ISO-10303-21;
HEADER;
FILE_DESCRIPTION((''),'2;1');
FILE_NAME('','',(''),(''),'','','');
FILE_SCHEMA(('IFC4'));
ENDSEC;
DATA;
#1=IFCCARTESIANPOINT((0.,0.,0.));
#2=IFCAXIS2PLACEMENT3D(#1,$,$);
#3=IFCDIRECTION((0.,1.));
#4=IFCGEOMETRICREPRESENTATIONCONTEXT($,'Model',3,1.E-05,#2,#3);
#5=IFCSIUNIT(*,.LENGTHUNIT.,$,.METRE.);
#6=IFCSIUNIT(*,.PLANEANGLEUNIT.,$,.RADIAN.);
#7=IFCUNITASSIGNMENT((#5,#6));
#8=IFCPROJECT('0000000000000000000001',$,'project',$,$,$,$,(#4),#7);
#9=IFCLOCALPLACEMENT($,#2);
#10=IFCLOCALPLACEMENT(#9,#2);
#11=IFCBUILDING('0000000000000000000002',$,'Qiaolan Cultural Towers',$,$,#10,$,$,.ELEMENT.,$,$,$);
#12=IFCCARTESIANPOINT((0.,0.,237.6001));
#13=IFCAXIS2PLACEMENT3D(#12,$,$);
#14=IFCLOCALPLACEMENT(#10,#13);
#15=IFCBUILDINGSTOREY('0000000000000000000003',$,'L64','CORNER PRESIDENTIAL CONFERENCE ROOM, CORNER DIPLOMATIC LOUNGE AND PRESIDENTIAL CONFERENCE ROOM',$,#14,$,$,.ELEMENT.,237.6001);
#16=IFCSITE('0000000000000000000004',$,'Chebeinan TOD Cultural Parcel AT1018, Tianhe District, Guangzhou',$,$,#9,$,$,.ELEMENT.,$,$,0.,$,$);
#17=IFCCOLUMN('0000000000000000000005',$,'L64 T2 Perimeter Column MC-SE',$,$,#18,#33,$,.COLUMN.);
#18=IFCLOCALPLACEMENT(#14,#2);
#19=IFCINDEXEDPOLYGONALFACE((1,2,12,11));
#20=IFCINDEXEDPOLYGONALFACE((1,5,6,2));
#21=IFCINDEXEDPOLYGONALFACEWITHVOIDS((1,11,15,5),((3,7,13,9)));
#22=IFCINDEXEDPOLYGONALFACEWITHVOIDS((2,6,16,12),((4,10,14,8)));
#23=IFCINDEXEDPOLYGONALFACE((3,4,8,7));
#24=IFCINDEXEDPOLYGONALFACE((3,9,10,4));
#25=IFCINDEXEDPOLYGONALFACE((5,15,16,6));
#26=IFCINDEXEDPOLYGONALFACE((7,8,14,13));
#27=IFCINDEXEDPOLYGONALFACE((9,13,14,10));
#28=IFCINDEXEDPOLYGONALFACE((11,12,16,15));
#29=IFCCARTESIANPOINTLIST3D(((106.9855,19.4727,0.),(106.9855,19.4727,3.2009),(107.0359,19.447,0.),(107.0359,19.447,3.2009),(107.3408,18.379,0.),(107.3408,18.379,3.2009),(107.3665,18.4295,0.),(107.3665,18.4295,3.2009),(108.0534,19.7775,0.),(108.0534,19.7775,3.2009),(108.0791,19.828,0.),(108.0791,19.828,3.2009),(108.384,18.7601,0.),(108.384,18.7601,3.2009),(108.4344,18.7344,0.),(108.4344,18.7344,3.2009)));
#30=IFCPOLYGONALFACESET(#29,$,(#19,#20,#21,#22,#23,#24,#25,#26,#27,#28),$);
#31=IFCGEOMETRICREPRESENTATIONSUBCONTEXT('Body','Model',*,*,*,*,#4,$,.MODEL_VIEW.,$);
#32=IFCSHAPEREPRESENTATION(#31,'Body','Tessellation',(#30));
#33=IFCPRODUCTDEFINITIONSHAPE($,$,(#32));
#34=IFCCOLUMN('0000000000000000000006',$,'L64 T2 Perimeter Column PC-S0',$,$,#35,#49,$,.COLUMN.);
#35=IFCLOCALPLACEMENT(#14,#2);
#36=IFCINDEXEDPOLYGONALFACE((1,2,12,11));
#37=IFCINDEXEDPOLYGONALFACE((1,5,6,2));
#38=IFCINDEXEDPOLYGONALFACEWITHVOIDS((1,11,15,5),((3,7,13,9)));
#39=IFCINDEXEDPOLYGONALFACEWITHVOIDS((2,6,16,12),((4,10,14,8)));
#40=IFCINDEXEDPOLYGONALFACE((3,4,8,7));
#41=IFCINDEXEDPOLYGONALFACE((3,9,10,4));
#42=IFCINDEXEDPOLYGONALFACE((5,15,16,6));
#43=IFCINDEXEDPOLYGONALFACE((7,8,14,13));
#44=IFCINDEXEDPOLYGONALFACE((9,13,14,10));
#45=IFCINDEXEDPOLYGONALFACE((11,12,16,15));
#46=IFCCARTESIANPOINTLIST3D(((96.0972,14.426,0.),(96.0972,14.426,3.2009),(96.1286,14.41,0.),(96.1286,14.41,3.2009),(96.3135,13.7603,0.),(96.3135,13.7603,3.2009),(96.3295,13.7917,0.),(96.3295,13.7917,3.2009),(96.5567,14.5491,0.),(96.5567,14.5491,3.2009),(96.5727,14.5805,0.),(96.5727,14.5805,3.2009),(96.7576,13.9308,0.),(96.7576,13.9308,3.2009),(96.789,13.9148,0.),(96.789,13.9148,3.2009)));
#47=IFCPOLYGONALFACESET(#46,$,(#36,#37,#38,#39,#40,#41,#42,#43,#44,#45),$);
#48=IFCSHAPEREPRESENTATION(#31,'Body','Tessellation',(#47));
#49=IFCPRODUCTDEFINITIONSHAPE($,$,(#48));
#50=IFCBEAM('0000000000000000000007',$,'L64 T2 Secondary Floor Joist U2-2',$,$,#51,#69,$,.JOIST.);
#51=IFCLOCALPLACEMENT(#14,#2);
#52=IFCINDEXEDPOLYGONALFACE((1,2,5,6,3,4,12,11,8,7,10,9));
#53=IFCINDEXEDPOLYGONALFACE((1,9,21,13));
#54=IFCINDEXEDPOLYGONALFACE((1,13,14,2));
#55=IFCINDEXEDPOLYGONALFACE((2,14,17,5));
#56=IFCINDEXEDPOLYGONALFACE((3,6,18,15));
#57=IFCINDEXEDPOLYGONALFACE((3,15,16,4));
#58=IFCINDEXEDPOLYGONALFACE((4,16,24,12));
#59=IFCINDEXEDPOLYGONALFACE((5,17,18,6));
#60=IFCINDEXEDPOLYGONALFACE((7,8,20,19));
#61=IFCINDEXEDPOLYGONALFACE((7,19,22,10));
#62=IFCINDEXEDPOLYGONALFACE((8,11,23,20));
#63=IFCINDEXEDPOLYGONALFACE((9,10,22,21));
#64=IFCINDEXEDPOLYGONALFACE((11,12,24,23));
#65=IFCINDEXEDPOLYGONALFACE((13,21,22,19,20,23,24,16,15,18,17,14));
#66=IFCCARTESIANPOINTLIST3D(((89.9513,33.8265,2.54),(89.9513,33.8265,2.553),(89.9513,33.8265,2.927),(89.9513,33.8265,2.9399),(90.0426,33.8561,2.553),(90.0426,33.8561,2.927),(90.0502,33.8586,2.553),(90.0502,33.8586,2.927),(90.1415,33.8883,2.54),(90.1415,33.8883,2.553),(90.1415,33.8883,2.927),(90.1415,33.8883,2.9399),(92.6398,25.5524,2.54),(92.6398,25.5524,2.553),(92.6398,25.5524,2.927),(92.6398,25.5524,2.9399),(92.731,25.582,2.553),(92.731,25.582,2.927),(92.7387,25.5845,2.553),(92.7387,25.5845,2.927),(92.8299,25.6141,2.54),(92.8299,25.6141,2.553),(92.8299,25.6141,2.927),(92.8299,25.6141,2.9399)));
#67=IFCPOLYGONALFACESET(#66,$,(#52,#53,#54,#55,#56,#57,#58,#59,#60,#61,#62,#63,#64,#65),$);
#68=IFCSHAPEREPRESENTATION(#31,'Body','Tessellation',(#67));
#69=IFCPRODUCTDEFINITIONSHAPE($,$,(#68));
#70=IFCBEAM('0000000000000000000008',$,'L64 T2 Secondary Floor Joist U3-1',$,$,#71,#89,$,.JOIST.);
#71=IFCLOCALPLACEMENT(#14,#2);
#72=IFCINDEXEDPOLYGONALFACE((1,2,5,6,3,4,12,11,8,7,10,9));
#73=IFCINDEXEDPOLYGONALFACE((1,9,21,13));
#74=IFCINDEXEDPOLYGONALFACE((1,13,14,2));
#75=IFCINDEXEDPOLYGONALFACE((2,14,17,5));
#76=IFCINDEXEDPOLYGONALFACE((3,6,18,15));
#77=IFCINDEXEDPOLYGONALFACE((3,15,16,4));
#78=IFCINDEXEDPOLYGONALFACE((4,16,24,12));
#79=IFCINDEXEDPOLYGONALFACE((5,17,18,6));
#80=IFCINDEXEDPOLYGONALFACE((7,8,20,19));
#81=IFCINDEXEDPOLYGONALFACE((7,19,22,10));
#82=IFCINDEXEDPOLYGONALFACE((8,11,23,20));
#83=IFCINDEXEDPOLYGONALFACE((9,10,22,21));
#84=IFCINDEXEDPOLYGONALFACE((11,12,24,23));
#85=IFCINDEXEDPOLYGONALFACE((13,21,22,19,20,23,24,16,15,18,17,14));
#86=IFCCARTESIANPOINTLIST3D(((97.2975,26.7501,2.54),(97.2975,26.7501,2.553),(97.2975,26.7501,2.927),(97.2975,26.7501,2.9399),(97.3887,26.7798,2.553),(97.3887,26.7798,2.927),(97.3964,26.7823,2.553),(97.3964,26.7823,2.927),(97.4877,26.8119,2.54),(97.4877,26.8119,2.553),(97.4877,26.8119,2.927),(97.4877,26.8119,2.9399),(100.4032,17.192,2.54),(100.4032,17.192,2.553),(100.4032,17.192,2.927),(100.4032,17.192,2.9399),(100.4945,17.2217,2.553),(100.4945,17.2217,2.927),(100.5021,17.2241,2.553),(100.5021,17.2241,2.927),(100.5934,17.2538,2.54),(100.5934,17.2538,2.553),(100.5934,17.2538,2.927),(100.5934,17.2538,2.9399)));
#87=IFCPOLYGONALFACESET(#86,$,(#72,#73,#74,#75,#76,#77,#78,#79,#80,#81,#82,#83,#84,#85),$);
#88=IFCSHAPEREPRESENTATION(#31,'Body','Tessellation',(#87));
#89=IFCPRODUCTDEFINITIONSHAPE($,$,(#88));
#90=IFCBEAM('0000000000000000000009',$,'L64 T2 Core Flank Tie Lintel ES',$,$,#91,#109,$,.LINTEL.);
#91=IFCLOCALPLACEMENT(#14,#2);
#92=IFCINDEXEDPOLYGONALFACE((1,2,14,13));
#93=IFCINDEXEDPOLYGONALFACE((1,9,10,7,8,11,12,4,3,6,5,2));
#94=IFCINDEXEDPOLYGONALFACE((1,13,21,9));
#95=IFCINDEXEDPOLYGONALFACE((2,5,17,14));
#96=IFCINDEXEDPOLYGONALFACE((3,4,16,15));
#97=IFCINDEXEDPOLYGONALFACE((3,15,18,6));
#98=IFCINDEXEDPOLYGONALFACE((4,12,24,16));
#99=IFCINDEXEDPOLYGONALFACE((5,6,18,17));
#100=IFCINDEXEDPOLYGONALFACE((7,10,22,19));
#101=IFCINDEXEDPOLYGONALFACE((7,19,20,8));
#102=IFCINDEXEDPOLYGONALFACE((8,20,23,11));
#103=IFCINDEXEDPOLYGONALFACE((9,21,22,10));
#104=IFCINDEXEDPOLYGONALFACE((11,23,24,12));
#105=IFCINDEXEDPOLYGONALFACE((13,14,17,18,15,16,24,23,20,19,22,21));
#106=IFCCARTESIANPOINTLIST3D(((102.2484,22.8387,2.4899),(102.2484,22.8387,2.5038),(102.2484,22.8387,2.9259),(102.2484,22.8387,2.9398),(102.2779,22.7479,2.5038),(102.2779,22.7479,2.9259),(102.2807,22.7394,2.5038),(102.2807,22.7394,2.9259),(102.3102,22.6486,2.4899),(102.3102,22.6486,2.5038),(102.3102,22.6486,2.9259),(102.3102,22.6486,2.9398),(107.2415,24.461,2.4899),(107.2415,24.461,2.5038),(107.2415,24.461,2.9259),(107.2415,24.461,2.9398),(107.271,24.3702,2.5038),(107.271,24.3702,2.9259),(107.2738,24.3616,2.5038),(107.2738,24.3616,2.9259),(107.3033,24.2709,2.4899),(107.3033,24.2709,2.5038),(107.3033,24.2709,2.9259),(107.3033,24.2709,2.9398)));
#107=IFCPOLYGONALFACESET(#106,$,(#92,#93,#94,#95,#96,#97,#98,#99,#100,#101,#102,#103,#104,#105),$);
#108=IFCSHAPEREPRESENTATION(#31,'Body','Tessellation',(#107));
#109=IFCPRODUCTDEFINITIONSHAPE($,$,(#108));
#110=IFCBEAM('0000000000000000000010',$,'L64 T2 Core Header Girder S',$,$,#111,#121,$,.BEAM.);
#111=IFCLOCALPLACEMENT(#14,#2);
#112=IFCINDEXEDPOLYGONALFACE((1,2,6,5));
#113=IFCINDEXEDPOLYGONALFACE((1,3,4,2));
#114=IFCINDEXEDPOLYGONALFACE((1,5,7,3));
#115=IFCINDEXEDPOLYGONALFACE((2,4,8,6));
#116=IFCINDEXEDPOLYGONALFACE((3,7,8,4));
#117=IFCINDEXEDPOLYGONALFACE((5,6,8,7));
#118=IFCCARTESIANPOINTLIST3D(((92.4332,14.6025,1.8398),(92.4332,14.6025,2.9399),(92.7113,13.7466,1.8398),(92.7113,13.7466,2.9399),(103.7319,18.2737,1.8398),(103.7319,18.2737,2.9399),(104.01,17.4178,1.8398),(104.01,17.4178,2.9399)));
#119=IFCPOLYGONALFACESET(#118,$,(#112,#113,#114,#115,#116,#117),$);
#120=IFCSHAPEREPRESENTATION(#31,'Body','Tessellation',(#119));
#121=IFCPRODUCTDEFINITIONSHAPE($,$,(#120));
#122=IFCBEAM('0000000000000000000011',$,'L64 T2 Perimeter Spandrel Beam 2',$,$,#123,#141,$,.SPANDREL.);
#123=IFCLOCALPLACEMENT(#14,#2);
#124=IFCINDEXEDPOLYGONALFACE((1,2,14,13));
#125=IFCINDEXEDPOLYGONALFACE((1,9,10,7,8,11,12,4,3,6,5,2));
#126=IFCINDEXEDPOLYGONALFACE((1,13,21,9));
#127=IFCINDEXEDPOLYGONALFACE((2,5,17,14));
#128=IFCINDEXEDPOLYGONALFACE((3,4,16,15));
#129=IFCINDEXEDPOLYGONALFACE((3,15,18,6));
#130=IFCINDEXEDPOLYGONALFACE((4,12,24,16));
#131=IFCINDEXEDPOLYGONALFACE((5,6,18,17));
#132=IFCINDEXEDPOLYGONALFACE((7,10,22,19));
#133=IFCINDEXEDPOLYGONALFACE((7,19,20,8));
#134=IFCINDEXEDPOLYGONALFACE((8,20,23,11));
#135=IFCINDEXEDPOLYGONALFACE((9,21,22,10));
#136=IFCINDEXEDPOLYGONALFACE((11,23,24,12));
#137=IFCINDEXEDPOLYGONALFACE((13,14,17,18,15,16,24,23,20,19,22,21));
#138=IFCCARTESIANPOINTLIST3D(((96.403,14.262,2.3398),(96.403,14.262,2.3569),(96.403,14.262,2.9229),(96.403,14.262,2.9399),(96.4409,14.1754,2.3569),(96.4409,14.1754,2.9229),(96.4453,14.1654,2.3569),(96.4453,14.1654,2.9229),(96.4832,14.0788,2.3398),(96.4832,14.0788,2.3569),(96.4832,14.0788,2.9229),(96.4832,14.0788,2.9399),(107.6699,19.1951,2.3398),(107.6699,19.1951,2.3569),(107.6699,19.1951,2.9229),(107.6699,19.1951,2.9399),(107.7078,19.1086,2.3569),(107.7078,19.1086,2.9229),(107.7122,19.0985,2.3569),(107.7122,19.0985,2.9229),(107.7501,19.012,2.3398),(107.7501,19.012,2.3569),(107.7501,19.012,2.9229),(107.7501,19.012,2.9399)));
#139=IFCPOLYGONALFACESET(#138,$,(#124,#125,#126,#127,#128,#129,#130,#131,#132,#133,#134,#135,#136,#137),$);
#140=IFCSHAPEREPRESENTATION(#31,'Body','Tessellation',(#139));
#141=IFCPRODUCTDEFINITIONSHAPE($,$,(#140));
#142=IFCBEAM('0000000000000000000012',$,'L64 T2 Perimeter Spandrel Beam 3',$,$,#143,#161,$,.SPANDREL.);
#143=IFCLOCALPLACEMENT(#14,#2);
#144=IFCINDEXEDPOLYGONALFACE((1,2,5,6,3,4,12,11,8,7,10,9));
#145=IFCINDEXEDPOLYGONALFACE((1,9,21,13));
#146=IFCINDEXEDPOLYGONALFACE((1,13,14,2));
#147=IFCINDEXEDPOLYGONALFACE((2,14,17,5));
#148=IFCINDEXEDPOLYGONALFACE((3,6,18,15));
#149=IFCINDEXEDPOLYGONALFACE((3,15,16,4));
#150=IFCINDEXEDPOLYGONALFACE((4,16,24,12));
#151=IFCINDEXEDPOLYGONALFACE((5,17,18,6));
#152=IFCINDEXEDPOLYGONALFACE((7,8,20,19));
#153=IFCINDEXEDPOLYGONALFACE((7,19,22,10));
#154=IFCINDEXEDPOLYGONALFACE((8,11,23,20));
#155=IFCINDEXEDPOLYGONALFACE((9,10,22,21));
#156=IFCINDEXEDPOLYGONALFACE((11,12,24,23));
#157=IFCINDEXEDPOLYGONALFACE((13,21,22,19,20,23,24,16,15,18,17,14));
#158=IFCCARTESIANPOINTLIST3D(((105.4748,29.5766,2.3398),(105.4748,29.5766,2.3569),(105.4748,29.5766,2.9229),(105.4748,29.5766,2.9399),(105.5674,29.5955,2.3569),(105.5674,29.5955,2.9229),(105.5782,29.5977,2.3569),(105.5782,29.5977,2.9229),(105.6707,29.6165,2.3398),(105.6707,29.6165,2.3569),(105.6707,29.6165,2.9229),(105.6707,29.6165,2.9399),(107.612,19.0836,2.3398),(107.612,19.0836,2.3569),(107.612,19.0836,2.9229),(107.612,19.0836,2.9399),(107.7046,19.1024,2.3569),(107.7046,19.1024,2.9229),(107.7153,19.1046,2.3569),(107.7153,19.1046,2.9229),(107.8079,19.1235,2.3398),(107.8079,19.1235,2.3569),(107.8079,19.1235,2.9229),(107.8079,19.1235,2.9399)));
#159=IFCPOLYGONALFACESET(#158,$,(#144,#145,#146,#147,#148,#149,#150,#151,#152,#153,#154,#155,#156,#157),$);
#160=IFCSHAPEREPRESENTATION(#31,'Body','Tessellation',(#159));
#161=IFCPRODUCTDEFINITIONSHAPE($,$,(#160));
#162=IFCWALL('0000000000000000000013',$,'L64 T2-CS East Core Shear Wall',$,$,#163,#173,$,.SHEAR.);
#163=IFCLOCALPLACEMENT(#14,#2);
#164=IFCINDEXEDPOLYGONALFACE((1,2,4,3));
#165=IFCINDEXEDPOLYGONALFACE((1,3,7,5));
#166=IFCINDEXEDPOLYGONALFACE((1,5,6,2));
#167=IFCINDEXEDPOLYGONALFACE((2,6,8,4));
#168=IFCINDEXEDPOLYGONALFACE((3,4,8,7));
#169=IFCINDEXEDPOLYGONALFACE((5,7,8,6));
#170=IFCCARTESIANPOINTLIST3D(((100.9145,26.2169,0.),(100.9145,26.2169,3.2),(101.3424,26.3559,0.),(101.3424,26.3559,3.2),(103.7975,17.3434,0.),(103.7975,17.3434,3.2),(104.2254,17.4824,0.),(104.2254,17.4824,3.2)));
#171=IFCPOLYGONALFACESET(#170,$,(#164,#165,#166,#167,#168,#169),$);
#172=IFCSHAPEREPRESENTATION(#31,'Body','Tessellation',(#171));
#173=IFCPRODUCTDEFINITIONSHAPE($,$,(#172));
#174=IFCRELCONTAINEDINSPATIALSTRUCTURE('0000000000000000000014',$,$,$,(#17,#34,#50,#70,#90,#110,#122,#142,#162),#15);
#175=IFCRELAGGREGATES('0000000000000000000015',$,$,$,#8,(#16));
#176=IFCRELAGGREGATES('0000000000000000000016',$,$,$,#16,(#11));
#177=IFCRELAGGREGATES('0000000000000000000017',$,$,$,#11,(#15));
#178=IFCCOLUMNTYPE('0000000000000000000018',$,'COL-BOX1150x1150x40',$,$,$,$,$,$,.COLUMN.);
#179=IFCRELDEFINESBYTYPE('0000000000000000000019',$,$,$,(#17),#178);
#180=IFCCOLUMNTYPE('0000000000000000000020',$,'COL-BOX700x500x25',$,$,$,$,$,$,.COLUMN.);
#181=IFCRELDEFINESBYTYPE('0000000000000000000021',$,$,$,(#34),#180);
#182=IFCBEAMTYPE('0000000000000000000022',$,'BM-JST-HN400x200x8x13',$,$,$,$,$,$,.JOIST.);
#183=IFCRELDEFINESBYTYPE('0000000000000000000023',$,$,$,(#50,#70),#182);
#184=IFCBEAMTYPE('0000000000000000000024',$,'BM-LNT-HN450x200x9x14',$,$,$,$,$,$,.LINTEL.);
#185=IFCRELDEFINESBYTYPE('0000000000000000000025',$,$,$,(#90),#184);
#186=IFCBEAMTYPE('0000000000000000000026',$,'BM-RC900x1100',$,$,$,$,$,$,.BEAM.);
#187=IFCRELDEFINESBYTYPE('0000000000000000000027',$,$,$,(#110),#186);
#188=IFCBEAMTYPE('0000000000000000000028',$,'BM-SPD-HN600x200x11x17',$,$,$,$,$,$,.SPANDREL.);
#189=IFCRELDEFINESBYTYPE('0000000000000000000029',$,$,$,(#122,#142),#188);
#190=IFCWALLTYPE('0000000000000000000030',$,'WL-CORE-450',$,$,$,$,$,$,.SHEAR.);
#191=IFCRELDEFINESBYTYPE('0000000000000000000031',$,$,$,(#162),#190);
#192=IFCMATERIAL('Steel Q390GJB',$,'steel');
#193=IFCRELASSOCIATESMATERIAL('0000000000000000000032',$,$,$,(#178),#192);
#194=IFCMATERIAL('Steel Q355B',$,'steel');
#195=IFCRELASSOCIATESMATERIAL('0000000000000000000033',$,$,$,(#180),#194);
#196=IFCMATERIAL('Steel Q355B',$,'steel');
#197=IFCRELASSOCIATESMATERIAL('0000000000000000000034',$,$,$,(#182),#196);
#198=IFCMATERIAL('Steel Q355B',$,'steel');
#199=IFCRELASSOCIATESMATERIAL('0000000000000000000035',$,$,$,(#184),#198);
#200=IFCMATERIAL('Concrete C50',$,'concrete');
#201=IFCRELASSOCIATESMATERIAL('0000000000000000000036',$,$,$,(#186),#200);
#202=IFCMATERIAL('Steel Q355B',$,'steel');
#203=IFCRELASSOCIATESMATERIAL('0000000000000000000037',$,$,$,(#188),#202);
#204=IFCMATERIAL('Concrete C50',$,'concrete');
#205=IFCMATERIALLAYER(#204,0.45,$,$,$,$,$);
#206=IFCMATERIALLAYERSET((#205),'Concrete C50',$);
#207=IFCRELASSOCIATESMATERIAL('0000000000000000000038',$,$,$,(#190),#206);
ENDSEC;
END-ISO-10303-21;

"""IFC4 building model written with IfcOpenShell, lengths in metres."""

from ifc_helpers import new_model, si_unit, direction, frame, frame_2d, origin, origin_2d, place, context, subcontext, project, spatial, rectangle, hollow_rectangle, i_section, extrude, material, layer, layer_set, material_profile, profile_set, type_object, element, save


model = new_model("IFC4")

# Units and contexts
model_context = context("Model", 3, precision=1e-05, world=origin(), true_north=direction((0.0, 1.0)))
body_context = subcontext(model_context, "Body", "Model", "MODEL_VIEW")
ifc_project = project(units=[si_unit("LENGTHUNIT", "METRE"), si_unit("PLANEANGLEUNIT", "RADIAN")], contexts=[model_context])

# Site, building, storey
site_placement = place(None, origin())
site = spatial("IfcSite", under=ifc_project, at=site_placement, Name="Chebeinan TOD Cultural Parcel AT1018, Tianhe District, Guangzhou", CompositionType="ELEMENT", RefElevation=0.0)
building_placement = place(site_placement, origin())
building = spatial("IfcBuilding", under=site, at=building_placement, Name="Qiaolan Cultural Towers", CompositionType="ELEMENT")
storey_placement = place(building_placement, frame((0.0, 0.0, 237.6001)))
storey = spatial("IfcBuildingStorey", under=building, at=storey_placement, Name="L64", Description="CORNER PRESIDENTIAL CONFERENCE ROOM, CORNER DIPLOMATIC LOUNGE AND PRESIDENTIAL CONFERENCE ROOM", CompositionType="ELEMENT", Elevation=237.6001)

# Columns
ifc_material_1 = material(Name="Steel Q390GJB", Category="steel")
ifc_material_profile_1 = material_profile(ifc_material_1, hollow_rectangle(XDim=1.1499, YDim=1.1499, WallThickness=0.04, at=origin_2d()), Name="BOX1150x1150x40")
ifc_profile_set_1 = profile_set([ifc_material_profile_1], Name="Steel Q390GJB")
column_type_1 = type_object("IfcColumnType", Name="COL-BOX1150x1150x40", PredefinedType="COLUMN", material=ifc_profile_set_1)
column_1_placement = place(storey_placement, frame((107.71, 19.1035, 0.0), z_axis=(0.0, 0.0, 1.0), x_axis=(0.951057, 0.309017, 0.0)))
element("IfcColumn", 1, at=column_1_placement, inside=storey, type_object=column_type_1, Name="L64 T2 Perimeter Column MC-SE", PredefinedType="COLUMN", context=body_context, shape_type="SweptSolid", body=[
    extrude(hollow_rectangle(XDim=1.1499, YDim=1.1499, WallThickness=0.04, at=origin_2d()), origin(), (0.0, 0.0, 1.0), 3.2009),
])
ifc_material_2 = material(Name="Steel Q355B", Category="steel")
ifc_material_profile_2 = material_profile(ifc_material_2, hollow_rectangle(XDim=0.5, YDim=0.7, WallThickness=0.0249, at=origin_2d()), Name="BOX700x500x25")
ifc_profile_set_2 = profile_set([ifc_material_profile_2], Name="Steel Q355B")
column_type_2 = type_object("IfcColumnType", Name="COL-BOX700x500x25", PredefinedType="COLUMN", material=ifc_profile_set_2)
column_2_placement = place(storey_placement, frame((96.4431, 14.1704, 0.0), z_axis=(0.0, 0.0, 1.0), x_axis=(0.951057, 0.309017, 0.0)))
element("IfcColumn", 2, at=column_2_placement, inside=storey, type_object=column_type_2, Name="L64 T2 Perimeter Column PC-S0", PredefinedType="COLUMN", context=body_context, shape_type="SweptSolid", body=[
    extrude(hollow_rectangle(XDim=0.5, YDim=0.7, WallThickness=0.0249, at=origin_2d()), origin(), (0.0, 0.0, 1.0), 3.2009),
])

# Beams
ifc_material_3 = material(Name="Steel Q355B", Category="steel")
ifc_material_profile_3 = material_profile(ifc_material_3, i_section(OverallWidth=0.2, OverallDepth=0.3999, WebThickness=0.0081, FlangeThickness=0.0129, at=origin_2d()), Name="HN400x200x8x13")
ifc_profile_set_3 = profile_set([ifc_material_profile_3], Name="Steel Q355B")
beam_type_1 = type_object("IfcBeamType", Name="BM-JST-HN400x200x8x13", PredefinedType="JOIST", material=ifc_profile_set_3)
beam_1_placement = place(storey_placement, frame((92.7349, 25.5833, 2.74), z_axis=(-0.309021, 0.951055, 0.0), x_axis=(-0.951055, -0.309021, 0.0)))
element("IfcBeam", 3, at=beam_1_placement, inside=storey, type_object=beam_type_1, Name="L64 T2 Secondary Floor Joist U2-2", PredefinedType="JOIST", context=body_context, shape_type="SweptSolid", body=[
    extrude(i_section(OverallWidth=0.2, OverallDepth=0.3999, WebThickness=0.0081, FlangeThickness=0.0129, at=origin_2d()), origin(), (0.0, 0.0, 1.0), 8.7),
])
beam_2_placement = place(storey_placement, frame((100.4983, 17.2229, 2.74), z_axis=(-0.309026, 0.951054, 0.0), x_axis=(-0.951054, -0.309026, 0.0)))
element("IfcBeam", 4, at=beam_2_placement, inside=storey, type_object=beam_type_1, Name="L64 T2 Secondary Floor Joist U3-1", PredefinedType="JOIST", context=body_context, shape_type="SweptSolid", body=[
    extrude(i_section(OverallWidth=0.2, OverallDepth=0.3999, WebThickness=0.0081, FlangeThickness=0.0129, at=origin_2d()), origin(), (0.0, 0.0, 1.0), 10.05),
])
ifc_material_4 = material(Name="Steel Q355B", Category="steel")
ifc_material_profile_4 = material_profile(ifc_material_4, i_section(OverallWidth=0.2, OverallDepth=0.45, WebThickness=0.009, FlangeThickness=0.0139, at=origin_2d()), Name="HN450x200x9x14")
ifc_profile_set_4 = profile_set([ifc_material_profile_4], Name="Steel Q355B")
beam_type_2 = type_object("IfcBeamType", Name="BM-LNT-HN450x200x9x14", PredefinedType="LINTEL", material=ifc_profile_set_4)
beam_3_placement = place(storey_placement, frame((102.2793, 22.7437, 2.7148), z_axis=(0.95106, 0.309006, 0.0), x_axis=(-0.309006, 0.95106, 0.0)))
element("IfcBeam", 5, at=beam_3_placement, inside=storey, type_object=beam_type_2, Name="L64 T2 Core Flank Tie Lintel ES", PredefinedType="LINTEL", context=body_context, shape_type="SweptSolid", body=[
    extrude(i_section(OverallWidth=0.2, OverallDepth=0.45, WebThickness=0.009, FlangeThickness=0.0139, at=origin_2d()), origin(), (0.0, 0.0, 1.0), 5.25),
])
ifc_material_5 = material(Name="Concrete C50", Category="concrete")
ifc_material_profile_5 = material_profile(ifc_material_5, rectangle(XDim=0.8999, YDim=1.1001, at=origin_2d()), Name="RC900x1100")
ifc_profile_set_5 = profile_set([ifc_material_profile_5], Name="Concrete C50")
beam_type_3 = type_object("IfcBeamType", Name="BM-RC900x1100", PredefinedType="BEAM", material=ifc_profile_set_5)
beam_4_placement = place(storey_placement, frame((92.5723, 14.1746, 2.3899), z_axis=(0.951056, 0.309018, 0.0), x_axis=(-0.309018, 0.951056, 0.0)))
element("IfcBeam", 6, at=beam_4_placement, inside=storey, type_object=beam_type_3, Name="L64 T2 Core Header Girder S", PredefinedType="BEAM", context=body_context, shape_type="SweptSolid", body=[
    extrude(rectangle(XDim=0.8999, YDim=1.1001, at=origin_2d()), origin(), (0.0, 0.0, 1.0), 11.8801),
])
ifc_material_6 = material(Name="Steel Q355B", Category="steel")
ifc_material_profile_6 = material_profile(ifc_material_6, i_section(OverallWidth=0.2, OverallDepth=0.6001, WebThickness=0.011, FlangeThickness=0.0171, at=origin_2d()), Name="HN600x200x11x17")
ifc_profile_set_6 = profile_set([ifc_material_profile_6], Name="Steel Q355B")
beam_type_4 = type_object("IfcBeamType", Name="BM-SPD-HN600x200x11x17", PredefinedType="SPANDREL", material=ifc_profile_set_6)
beam_5_placement = place(storey_placement, frame((96.4431, 14.1704, 2.6399), z_axis=(0.916042, 0.401082, 0.0), x_axis=(-0.401082, 0.916042, 0.0)))
element("IfcBeam", 7, at=beam_5_placement, inside=storey, type_object=beam_type_4, Name="L64 T2 Perimeter Spandrel Beam 2", PredefinedType="SPANDREL", context=body_context, shape_type="SweptSolid", body=[
    extrude(i_section(OverallWidth=0.2, OverallDepth=0.6001, WebThickness=0.011, FlangeThickness=0.0171, at=origin_2d()), origin(), (0.0, 0.0, 1.0), 12.2996),
])
beam_6_placement = place(storey_placement, frame((107.71, 19.1035, 2.6399), z_axis=(-0.199579, 0.979882, 0.0), x_axis=(-0.979882, -0.199579, 0.0)))
element("IfcBeam", 8, at=beam_6_placement, inside=storey, type_object=beam_type_4, Name="L64 T2 Perimeter Spandrel Beam 3", PredefinedType="SPANDREL", context=body_context, shape_type="SweptSolid", body=[
    extrude(i_section(OverallWidth=0.2, OverallDepth=0.6001, WebThickness=0.011, FlangeThickness=0.0171, at=origin_2d()), origin(), (0.0, 0.0, 1.0), 10.7085),
])

# Wall
ifc_material_7 = material(Name="Concrete C50", Category="concrete")
ifc_layer_1 = layer(ifc_material_7, 0.45)
ifc_layer_set_1 = layer_set([ifc_layer_1], Name="Concrete C50")
wall_type_1 = type_object("IfcWallType", Name="WL-CORE-450", PredefinedType="SHEAR", material=ifc_layer_set_1)
wall_1_placement = place(storey_placement, frame((101.1284, 26.2864, 0.0), z_axis=(0.0, 0.0, 1.0), x_axis=(0.309004, -0.951061, 0.0)))
element("IfcWall", 9, at=wall_1_placement, inside=storey, type_object=wall_type_1, Name="L64 T2-CS East Core Shear Wall", PredefinedType="SHEAR", context=body_context, shape_type="SweptSolid", body=[
    extrude(rectangle(XDim=9.3301, YDim=0.45, at=frame_2d((4.665, 0.0))), origin(), (0.0, 0.0, 1.0), 3.2),
])

save(model, "model.ifc")
